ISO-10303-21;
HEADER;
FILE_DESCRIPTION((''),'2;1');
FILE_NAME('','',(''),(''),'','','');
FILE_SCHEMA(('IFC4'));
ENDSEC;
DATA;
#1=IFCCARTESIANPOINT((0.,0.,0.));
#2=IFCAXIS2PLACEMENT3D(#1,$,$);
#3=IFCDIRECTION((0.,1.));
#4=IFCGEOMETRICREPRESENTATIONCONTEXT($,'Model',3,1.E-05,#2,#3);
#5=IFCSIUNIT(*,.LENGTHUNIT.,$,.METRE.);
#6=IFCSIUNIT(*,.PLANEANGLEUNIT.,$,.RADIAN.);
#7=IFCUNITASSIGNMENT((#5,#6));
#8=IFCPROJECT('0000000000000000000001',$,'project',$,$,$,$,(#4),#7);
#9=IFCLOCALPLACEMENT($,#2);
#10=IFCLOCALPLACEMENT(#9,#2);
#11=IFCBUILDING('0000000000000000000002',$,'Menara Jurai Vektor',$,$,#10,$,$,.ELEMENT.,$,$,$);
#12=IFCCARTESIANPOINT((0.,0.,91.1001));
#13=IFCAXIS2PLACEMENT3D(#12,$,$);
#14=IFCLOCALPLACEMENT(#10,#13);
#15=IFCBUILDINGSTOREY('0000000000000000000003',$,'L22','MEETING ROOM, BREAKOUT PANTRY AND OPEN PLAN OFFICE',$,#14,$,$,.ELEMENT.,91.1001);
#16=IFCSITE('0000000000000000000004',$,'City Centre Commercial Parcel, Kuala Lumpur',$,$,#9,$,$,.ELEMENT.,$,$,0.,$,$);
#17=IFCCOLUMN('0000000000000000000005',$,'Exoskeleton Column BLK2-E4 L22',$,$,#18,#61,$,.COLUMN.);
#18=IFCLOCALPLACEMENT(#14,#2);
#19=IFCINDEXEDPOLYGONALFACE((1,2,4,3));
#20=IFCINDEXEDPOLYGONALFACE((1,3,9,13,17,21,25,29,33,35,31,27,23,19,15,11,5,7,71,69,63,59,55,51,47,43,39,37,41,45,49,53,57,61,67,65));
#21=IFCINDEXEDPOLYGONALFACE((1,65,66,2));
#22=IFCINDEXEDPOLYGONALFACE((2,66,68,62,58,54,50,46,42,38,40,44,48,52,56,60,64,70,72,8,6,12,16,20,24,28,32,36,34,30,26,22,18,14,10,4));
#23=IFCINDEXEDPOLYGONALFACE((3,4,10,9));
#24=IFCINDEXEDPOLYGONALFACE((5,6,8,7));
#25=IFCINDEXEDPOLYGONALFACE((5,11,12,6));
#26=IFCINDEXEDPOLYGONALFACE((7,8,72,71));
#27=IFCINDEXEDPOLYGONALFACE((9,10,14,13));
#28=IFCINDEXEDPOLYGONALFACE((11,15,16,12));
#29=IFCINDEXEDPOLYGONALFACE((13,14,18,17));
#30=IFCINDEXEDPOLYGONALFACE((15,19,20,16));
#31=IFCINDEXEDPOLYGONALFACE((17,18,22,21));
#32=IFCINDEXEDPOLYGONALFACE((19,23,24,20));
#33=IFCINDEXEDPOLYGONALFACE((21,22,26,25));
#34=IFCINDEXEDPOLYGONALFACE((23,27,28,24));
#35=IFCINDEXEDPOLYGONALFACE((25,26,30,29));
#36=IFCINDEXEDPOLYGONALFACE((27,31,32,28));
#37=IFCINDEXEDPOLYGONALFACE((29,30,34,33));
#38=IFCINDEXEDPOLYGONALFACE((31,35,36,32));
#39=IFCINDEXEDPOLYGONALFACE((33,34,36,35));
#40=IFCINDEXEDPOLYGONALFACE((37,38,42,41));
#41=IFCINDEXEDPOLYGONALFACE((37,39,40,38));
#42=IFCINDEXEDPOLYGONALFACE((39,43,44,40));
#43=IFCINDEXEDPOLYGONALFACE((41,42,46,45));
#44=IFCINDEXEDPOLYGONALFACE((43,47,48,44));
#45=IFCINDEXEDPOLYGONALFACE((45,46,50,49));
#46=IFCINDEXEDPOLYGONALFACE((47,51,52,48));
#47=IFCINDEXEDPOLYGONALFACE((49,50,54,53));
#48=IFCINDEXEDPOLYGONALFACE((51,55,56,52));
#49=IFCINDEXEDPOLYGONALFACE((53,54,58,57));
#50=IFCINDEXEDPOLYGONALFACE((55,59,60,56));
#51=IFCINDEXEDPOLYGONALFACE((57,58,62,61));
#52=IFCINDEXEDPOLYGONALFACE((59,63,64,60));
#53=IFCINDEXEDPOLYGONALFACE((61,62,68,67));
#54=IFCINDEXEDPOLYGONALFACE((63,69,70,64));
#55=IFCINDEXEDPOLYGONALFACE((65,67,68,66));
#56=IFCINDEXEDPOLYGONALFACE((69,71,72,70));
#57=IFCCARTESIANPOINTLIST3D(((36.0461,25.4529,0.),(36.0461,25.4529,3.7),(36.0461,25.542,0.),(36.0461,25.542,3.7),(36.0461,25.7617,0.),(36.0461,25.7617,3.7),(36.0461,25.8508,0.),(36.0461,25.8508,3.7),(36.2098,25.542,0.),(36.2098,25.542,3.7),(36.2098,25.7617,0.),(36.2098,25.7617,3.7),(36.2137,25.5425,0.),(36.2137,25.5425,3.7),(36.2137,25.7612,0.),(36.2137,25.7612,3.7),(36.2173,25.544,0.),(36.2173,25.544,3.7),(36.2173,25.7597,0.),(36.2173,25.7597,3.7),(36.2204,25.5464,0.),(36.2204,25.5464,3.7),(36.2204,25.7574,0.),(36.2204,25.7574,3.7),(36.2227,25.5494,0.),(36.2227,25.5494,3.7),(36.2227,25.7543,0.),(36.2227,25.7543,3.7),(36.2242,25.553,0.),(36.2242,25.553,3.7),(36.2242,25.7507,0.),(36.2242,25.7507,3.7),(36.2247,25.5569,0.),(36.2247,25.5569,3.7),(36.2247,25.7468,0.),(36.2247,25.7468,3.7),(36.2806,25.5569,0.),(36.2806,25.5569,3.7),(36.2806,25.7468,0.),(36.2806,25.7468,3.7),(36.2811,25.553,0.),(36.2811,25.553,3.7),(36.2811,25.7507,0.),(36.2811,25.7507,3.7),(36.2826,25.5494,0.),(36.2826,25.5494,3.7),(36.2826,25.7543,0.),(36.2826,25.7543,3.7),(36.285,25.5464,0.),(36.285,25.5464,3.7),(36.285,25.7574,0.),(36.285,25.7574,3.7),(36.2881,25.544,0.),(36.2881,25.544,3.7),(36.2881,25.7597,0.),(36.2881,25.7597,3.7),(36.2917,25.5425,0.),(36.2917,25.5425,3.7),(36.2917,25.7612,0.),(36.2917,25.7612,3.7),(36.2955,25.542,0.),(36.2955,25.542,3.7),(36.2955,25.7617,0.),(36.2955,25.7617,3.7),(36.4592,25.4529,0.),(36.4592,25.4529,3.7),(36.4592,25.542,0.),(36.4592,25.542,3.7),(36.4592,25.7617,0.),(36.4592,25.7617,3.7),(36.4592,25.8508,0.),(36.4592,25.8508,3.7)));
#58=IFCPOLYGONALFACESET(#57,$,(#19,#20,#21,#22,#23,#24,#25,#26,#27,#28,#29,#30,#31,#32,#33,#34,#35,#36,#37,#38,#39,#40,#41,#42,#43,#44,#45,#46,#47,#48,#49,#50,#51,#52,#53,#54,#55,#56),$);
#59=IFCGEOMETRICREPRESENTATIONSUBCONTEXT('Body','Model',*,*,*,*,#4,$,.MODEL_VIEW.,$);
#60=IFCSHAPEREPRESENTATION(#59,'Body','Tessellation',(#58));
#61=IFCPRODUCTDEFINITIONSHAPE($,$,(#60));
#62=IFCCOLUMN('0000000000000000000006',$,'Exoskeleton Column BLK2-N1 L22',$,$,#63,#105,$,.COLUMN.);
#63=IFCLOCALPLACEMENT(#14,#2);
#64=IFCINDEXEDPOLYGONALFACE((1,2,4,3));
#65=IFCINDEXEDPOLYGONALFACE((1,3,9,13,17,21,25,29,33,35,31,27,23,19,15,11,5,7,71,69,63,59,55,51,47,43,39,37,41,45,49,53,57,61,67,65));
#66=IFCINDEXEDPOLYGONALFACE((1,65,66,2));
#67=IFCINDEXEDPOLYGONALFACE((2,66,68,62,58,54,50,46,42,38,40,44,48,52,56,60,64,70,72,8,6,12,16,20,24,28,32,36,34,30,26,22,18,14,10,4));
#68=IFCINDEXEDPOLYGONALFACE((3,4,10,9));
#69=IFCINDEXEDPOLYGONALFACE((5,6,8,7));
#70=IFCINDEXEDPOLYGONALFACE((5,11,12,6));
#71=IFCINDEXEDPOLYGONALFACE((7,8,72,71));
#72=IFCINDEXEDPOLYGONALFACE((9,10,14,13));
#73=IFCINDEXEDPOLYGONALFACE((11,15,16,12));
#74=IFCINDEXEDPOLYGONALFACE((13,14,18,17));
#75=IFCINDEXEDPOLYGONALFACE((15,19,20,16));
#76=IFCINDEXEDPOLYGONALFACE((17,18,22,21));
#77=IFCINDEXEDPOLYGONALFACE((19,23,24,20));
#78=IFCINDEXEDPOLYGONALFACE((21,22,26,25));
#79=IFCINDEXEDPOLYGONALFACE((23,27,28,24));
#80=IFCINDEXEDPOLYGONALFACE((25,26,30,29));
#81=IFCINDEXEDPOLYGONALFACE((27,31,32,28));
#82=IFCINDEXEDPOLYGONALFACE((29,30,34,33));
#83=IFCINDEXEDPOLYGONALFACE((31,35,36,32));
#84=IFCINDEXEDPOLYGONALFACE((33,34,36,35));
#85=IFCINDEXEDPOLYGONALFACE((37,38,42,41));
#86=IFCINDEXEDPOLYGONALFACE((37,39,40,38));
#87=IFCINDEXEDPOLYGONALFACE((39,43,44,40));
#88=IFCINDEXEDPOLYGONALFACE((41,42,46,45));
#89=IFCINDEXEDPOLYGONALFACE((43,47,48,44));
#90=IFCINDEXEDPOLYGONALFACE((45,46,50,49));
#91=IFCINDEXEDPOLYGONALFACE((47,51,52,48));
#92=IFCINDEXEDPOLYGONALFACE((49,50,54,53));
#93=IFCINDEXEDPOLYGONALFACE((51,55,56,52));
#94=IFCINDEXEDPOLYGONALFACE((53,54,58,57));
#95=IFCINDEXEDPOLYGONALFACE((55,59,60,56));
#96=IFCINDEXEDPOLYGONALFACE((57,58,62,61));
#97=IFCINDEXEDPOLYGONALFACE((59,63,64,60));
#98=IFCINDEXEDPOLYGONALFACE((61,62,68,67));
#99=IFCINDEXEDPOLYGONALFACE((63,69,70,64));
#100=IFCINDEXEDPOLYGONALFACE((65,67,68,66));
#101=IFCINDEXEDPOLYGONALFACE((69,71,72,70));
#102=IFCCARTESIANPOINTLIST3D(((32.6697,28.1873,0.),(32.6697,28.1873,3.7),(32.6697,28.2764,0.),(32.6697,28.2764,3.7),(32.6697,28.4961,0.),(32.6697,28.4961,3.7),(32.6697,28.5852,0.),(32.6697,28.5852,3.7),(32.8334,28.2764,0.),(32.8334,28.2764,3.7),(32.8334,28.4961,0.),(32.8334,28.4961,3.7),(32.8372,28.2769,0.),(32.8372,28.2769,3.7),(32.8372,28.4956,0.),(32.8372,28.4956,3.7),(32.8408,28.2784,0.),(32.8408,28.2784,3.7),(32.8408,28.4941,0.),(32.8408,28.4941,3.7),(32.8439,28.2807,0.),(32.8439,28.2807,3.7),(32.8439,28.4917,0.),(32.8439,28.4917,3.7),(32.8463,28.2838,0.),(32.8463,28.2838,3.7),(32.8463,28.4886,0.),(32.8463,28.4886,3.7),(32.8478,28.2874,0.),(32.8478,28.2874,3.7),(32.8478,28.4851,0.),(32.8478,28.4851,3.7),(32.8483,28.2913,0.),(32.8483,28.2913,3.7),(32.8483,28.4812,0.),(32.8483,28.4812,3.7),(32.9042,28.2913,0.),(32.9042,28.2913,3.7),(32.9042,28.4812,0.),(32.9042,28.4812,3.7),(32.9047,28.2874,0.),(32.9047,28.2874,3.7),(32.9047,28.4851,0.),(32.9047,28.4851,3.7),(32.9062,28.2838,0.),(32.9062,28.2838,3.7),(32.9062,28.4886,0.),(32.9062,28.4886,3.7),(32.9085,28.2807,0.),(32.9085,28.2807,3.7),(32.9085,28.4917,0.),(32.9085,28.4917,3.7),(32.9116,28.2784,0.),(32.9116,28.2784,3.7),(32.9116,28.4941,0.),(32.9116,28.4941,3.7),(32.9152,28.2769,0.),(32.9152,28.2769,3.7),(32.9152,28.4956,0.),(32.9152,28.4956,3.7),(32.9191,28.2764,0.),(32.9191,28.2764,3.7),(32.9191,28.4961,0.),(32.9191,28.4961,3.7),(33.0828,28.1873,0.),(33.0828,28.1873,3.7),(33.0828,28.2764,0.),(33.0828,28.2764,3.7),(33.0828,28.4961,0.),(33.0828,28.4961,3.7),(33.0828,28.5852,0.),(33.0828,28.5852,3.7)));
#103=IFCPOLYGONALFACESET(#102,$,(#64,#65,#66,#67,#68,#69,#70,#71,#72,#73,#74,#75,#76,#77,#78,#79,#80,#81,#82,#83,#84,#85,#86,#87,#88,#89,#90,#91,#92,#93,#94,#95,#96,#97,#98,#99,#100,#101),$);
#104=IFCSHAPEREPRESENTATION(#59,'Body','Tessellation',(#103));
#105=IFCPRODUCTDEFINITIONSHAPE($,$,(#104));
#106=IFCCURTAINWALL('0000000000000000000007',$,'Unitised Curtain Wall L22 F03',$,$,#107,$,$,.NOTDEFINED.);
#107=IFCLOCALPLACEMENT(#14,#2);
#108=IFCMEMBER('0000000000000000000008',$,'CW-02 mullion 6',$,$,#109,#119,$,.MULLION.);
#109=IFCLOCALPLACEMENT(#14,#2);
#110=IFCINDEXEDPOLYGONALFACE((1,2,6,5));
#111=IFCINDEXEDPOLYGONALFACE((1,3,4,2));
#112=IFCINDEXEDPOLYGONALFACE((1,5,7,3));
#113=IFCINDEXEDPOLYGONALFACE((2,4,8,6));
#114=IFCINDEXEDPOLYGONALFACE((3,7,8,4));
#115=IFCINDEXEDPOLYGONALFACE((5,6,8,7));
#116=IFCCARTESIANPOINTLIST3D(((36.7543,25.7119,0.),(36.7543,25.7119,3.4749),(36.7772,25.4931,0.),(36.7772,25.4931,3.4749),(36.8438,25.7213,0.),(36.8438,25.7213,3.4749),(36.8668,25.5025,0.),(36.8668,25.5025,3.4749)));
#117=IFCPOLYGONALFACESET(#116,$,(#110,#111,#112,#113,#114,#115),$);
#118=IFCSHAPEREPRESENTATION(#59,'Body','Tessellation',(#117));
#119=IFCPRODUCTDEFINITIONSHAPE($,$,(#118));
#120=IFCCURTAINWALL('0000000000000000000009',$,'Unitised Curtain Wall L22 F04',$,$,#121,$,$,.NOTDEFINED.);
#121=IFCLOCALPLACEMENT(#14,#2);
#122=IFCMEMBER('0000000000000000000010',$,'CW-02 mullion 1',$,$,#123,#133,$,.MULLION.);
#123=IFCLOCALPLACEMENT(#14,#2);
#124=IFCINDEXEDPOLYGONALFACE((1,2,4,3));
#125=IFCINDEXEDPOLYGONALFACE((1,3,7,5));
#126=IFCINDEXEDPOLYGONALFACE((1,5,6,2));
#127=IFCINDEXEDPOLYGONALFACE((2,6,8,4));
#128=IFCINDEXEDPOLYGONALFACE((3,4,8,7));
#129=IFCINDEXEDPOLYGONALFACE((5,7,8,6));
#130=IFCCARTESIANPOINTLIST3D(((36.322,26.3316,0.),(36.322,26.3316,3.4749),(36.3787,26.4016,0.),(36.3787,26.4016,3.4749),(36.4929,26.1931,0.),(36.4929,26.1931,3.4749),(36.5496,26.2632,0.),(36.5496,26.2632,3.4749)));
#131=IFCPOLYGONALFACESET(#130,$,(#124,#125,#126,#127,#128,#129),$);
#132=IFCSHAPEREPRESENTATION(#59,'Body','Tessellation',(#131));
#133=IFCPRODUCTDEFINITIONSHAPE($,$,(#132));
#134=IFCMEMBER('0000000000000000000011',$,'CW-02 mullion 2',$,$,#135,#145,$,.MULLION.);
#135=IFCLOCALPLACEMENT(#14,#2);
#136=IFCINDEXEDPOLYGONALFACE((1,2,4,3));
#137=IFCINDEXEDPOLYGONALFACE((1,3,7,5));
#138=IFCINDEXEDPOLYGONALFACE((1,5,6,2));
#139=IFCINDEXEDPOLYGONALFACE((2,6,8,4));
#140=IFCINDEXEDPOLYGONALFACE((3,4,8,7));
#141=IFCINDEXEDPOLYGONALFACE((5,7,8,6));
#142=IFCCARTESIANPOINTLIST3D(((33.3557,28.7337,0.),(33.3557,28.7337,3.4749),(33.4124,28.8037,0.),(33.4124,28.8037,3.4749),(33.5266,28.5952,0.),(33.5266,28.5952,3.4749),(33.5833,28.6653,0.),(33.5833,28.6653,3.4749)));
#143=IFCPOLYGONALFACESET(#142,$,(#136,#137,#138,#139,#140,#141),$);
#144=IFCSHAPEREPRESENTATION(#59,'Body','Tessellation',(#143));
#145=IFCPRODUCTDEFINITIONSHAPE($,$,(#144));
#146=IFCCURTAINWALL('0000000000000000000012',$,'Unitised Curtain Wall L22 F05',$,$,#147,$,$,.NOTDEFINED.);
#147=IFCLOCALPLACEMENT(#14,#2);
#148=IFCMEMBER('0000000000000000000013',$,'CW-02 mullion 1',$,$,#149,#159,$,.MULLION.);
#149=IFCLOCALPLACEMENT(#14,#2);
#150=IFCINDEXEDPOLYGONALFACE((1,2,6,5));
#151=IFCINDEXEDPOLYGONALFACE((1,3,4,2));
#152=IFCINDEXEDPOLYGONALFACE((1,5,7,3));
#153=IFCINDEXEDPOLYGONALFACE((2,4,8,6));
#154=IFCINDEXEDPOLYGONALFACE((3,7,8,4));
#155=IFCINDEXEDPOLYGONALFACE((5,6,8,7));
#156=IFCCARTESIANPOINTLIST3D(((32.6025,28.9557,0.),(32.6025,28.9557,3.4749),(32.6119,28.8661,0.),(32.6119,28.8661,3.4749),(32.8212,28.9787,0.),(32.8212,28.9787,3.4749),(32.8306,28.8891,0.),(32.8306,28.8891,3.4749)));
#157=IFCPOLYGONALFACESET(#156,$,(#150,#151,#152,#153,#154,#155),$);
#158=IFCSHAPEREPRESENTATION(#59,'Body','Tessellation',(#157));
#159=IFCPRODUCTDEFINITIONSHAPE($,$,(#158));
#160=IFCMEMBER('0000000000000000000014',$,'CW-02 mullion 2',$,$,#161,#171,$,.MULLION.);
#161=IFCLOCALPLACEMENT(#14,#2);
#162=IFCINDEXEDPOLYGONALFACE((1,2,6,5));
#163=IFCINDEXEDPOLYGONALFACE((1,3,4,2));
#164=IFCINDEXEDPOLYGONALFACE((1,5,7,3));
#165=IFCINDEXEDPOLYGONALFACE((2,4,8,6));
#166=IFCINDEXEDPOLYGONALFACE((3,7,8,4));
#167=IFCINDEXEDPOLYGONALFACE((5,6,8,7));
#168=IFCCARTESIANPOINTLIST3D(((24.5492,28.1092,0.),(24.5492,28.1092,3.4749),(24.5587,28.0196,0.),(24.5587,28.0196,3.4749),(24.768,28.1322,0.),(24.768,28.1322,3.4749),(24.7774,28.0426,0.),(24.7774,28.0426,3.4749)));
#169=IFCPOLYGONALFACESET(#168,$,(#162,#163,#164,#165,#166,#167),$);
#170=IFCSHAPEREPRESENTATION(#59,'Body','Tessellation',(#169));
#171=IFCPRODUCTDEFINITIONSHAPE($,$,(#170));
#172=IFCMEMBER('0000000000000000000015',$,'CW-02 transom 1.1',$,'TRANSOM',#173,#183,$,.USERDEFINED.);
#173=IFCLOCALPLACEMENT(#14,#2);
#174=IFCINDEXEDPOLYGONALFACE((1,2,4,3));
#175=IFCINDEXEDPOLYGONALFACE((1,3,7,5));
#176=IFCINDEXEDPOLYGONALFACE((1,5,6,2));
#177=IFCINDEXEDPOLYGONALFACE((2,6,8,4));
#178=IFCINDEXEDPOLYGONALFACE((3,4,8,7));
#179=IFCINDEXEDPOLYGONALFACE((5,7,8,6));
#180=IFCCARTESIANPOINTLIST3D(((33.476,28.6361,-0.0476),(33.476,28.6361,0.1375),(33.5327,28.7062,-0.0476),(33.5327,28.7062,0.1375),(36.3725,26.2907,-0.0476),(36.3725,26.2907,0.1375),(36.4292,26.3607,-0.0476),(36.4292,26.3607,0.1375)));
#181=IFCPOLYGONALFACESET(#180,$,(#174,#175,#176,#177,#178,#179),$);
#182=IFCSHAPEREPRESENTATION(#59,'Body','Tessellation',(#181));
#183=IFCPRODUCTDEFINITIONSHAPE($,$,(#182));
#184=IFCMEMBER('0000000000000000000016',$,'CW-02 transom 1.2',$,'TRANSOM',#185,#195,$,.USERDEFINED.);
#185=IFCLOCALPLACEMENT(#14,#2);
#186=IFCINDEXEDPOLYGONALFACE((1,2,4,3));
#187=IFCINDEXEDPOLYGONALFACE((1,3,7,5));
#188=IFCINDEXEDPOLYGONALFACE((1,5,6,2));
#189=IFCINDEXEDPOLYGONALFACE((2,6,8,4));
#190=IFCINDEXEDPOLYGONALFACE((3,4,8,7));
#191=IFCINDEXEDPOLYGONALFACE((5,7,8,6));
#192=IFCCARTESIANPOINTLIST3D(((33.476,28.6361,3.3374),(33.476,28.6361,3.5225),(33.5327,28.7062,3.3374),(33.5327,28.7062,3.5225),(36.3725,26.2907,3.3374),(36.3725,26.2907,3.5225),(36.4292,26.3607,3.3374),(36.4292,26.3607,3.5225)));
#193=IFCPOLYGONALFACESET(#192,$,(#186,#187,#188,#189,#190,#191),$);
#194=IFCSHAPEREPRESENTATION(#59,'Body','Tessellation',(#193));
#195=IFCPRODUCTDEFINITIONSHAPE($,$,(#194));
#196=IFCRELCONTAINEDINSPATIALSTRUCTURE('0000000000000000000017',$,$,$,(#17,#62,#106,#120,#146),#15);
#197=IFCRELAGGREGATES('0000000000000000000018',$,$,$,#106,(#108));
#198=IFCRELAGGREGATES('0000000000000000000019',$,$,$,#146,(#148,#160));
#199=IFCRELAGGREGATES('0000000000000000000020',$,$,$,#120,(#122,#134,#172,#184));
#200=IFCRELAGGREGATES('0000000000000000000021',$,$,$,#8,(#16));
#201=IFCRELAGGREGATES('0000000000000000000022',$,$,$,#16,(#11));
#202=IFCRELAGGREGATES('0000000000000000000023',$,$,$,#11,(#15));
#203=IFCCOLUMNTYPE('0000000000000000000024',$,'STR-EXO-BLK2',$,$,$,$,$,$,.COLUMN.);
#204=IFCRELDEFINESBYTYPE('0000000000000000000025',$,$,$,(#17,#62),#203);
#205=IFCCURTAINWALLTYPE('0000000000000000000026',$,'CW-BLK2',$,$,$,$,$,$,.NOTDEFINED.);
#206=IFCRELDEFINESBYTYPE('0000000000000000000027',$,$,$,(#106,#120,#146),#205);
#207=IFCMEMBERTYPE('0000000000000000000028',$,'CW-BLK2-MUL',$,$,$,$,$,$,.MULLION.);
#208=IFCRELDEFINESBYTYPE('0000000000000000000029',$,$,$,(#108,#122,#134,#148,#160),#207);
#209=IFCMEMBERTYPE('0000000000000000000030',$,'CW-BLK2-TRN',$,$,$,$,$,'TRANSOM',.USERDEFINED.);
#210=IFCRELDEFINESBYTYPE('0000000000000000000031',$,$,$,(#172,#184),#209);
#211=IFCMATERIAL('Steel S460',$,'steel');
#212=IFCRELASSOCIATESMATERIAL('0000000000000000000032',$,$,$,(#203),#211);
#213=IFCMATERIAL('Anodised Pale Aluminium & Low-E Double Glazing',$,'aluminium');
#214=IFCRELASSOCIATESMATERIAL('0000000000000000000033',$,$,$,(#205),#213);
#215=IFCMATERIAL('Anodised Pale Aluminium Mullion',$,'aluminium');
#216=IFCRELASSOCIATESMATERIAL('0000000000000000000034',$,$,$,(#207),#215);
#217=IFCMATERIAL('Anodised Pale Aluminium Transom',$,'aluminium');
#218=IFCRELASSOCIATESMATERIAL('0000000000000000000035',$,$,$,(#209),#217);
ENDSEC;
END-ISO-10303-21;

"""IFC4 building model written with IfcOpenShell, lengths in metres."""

from ifc_helpers import new_model, si_unit, direction, frame, origin, origin_2d, place, context, subcontext, project, spatial, rectangle, i_section, extrude, material, material_profile, profile_set, type_object, element, aggregate, save


model = new_model("IFC4")

# Units and contexts
model_context = context("Model", 3, precision=1e-05, world=origin(), true_north=direction((0.0, 1.0)))
body_context = subcontext(model_context, "Body", "Model", "MODEL_VIEW")
ifc_project = project(units=[si_unit("LENGTHUNIT", "METRE"), si_unit("PLANEANGLEUNIT", "RADIAN")], contexts=[model_context])

# Site, building, storey
site_placement = place(None, origin())
site = spatial("IfcSite", under=ifc_project, at=site_placement, Name="City Centre Commercial Parcel, Kuala Lumpur", CompositionType="ELEMENT", RefElevation=0.0)
building_placement = place(site_placement, origin())
building = spatial("IfcBuilding", under=site, at=building_placement, Name="Menara Jurai Vektor", CompositionType="ELEMENT")
storey_placement = place(building_placement, frame((0.0, 0.0, 91.1001)))
storey = spatial("IfcBuildingStorey", under=building, at=storey_placement, Name="L22", Description="MEETING ROOM, BREAKOUT PANTRY AND OPEN PLAN OFFICE", CompositionType="ELEMENT", Elevation=91.1001)

# Columns
ifc_material_1 = material(Name="Steel S460", Category="steel")
ifc_material_profile_1 = material_profile(ifc_material_1, i_section(OverallWidth=0.4131, OverallDepth=0.3979, WebThickness=0.0559, FlangeThickness=0.0891, FilletRadius=0.0149, at=origin_2d()), Name="HD 400x744")
ifc_profile_set_1 = profile_set([ifc_material_profile_1], Name="Steel S460")
column_type = type_object("IfcColumnType", Name="STR-EXO-BLK2", PredefinedType="COLUMN", material=ifc_profile_set_1)
for number, where, z_axis, x_axis, name in (
    (1, (36.2527, 25.6519, 0.0), (0.0, 0.0, 1.0), (1.0, 0.0, 0.0), "Exoskeleton Column BLK2-E4 L22"),
    (2, (32.8762, 28.3862, 0.0), (0.0, 0.0, 1.0), (1.0, 0.0, 0.0), "Exoskeleton Column BLK2-N1 L22"),
):
    element("IfcColumn", number, at=place(storey_placement, frame(where, z_axis=z_axis, x_axis=x_axis)), inside=storey, type_object=column_type, Name=name, PredefinedType="COLUMN", context=body_context, shape_type="SweptSolid", body=[
        extrude(i_section(OverallWidth=0.4131, OverallDepth=0.3979, WebThickness=0.0559, FlangeThickness=0.0891, FilletRadius=0.0149, at=origin_2d()), origin(), (0.0, 0.0, 1.0), 3.7),
    ])

# Curtain wall, member
ifc_material_2 = material(Name="Anodised Pale Aluminium & Low-E Double Glazing", Category="aluminium")
curtain_wall_type = type_object("IfcCurtainWallType", Name="CW-BLK2", PredefinedType="NOTDEFINED", material=ifc_material_2)
curtain_wall_1_placement = place(storey_placement, origin())
curtain_wall_1 = element("IfcCurtainWall", 3, at=curtain_wall_1_placement, inside=storey, type_object=curtain_wall_type, Name="Unitised Curtain Wall L22 F03", PredefinedType="NOTDEFINED")
ifc_material_3 = material(Name="Anodised Pale Aluminium Mullion", Category="aluminium")
ifc_material_profile_2 = material_profile(ifc_material_3, rectangle(XDim=0.0901, YDim=0.22, at=origin_2d()), Name="ALU MUL 90x220")
ifc_profile_set_2 = profile_set([ifc_material_profile_2], Name="Anodised Pale Aluminium Mullion")
member_type_1 = type_object("IfcMemberType", Name="CW-BLK2-MUL", PredefinedType="MULLION", material=ifc_profile_set_2)
member_1_placement = place(storey_placement, frame((36.8105, 25.6072, 0.0), z_axis=(0.0, 0.0, 1.0), x_axis=(-0.994522, -0.10453, 0.0)))
member_1 = element("IfcMember", 4, at=member_1_placement, type_object=member_type_1, Name="CW-02 mullion 6", PredefinedType="MULLION", context=body_context, shape_type="SweptSolid", body=[
    extrude(rectangle(XDim=0.0901, YDim=0.22, at=origin_2d()), origin(), (0.0, 0.0, 1.0), 3.4749),
])
aggregate(curtain_wall_1, [member_1])

# Curtain walls, members
curtain_wall_2_placement = place(storey_placement, origin())
curtain_wall_2 = element("IfcCurtainWall", 5, at=curtain_wall_2_placement, inside=storey, type_object=curtain_wall_type, Name="Unitised Curtain Wall L22 F04", PredefinedType="NOTDEFINED")
member_2_placement = place(storey_placement, frame((36.4358, 26.2974, 0.0), z_axis=(0.0, 0.0, 1.0), x_axis=(-0.629313, -0.777152, 0.0)))
member_2 = element("IfcMember", 6, at=member_2_placement, type_object=member_type_1, Name="CW-02 mullion 1", PredefinedType="MULLION", context=body_context, shape_type="SweptSolid", body=[
    extrude(rectangle(XDim=0.0901, YDim=0.22, at=origin_2d()), origin(), (0.0, 0.0, 1.0), 3.4749),
])
member_3_placement = place(storey_placement, frame((33.4695, 28.6995, 0.0), z_axis=(0.0, 0.0, 1.0), x_axis=(-0.629313, -0.777152, 0.0)))
member_3 = element("IfcMember", 7, at=member_3_placement, type_object=member_type_1, Name="CW-02 mullion 2", PredefinedType="MULLION", context=body_context, shape_type="SweptSolid", body=[
    extrude(rectangle(XDim=0.0901, YDim=0.22, at=origin_2d()), origin(), (0.0, 0.0, 1.0), 3.4749),
])
curtain_wall_3_placement = place(storey_placement, origin())
curtain_wall_3 = element("IfcCurtainWall", 8, at=curtain_wall_3_placement, inside=storey, type_object=curtain_wall_type, Name="Unitised Curtain Wall L22 F05", PredefinedType="NOTDEFINED")
member_4_placement = place(storey_placement, frame((32.7166, 28.9224, 0.0), z_axis=(0.0, 0.0, 1.0), x_axis=(0.104529, -0.994522, 0.0)))
member_4 = element("IfcMember", 9, at=member_4_placement, type_object=member_type_1, Name="CW-02 mullion 1", PredefinedType="MULLION", context=body_context, shape_type="SweptSolid", body=[
    extrude(rectangle(XDim=0.0901, YDim=0.22, at=origin_2d()), origin(), (0.0, 0.0, 1.0), 3.4749),
])
member_5_placement = place(storey_placement, frame((24.6633, 28.0759, 0.0), z_axis=(0.0, 0.0, 1.0), x_axis=(0.104529, -0.994522, 0.0)))
member_5 = element("IfcMember", 10, at=member_5_placement, type_object=member_type_1, Name="CW-02 mullion 2", PredefinedType="MULLION", context=body_context, shape_type="SweptSolid", body=[
    extrude(rectangle(XDim=0.0901, YDim=0.22, at=origin_2d()), origin(), (0.0, 0.0, 1.0), 3.4749),
])

# Members
ifc_material_4 = material(Name="Anodised Pale Aluminium Transom", Category="aluminium")
ifc_material_profile_3 = material_profile(ifc_material_4, rectangle(XDim=0.0901, YDim=0.1851, at=origin_2d()), Name="ALU TRN 90x185")
ifc_profile_set_3 = profile_set([ifc_material_profile_3], Name="Anodised Pale Aluminium Transom")
member_type_2 = type_object("IfcMemberType", Name="CW-BLK2-TRN", ElementType="TRANSOM", PredefinedType="USERDEFINED", material=ifc_profile_set_3)
member_6_placement = place(storey_placement, frame((36.4009, 26.3257, 0.0449), z_axis=(-0.777155, 0.629309, 0.0), x_axis=(-0.629309, -0.777155, 0.0)))
member_6 = element("IfcMember", 11, at=member_6_placement, type_object=member_type_2, Name="CW-02 transom 1.1", ObjectType="TRANSOM", PredefinedType="USERDEFINED", context=body_context, shape_type="SweptSolid", body=[
    extrude(rectangle(XDim=0.0901, YDim=0.1851, at=origin_2d()), origin(), (0.0, 0.0, 1.0), 3.7271),
])
member_7_placement = place(storey_placement, frame((36.4009, 26.3257, 3.4299), z_axis=(-0.777155, 0.629309, 0.0), x_axis=(-0.629309, -0.777155, 0.0)))
member_7 = element("IfcMember", 12, at=member_7_placement, type_object=member_type_2, Name="CW-02 transom 1.2", ObjectType="TRANSOM", PredefinedType="USERDEFINED", context=body_context, shape_type="SweptSolid", body=[
    extrude(rectangle(XDim=0.0901, YDim=0.1851, at=origin_2d()), origin(), (0.0, 0.0, 1.0), 3.7271),
])

aggregate(curtain_wall_3, [member_4, member_5])
aggregate(curtain_wall_2, [member_2, member_3, member_6, member_7])

save(model, "model.ifc")
